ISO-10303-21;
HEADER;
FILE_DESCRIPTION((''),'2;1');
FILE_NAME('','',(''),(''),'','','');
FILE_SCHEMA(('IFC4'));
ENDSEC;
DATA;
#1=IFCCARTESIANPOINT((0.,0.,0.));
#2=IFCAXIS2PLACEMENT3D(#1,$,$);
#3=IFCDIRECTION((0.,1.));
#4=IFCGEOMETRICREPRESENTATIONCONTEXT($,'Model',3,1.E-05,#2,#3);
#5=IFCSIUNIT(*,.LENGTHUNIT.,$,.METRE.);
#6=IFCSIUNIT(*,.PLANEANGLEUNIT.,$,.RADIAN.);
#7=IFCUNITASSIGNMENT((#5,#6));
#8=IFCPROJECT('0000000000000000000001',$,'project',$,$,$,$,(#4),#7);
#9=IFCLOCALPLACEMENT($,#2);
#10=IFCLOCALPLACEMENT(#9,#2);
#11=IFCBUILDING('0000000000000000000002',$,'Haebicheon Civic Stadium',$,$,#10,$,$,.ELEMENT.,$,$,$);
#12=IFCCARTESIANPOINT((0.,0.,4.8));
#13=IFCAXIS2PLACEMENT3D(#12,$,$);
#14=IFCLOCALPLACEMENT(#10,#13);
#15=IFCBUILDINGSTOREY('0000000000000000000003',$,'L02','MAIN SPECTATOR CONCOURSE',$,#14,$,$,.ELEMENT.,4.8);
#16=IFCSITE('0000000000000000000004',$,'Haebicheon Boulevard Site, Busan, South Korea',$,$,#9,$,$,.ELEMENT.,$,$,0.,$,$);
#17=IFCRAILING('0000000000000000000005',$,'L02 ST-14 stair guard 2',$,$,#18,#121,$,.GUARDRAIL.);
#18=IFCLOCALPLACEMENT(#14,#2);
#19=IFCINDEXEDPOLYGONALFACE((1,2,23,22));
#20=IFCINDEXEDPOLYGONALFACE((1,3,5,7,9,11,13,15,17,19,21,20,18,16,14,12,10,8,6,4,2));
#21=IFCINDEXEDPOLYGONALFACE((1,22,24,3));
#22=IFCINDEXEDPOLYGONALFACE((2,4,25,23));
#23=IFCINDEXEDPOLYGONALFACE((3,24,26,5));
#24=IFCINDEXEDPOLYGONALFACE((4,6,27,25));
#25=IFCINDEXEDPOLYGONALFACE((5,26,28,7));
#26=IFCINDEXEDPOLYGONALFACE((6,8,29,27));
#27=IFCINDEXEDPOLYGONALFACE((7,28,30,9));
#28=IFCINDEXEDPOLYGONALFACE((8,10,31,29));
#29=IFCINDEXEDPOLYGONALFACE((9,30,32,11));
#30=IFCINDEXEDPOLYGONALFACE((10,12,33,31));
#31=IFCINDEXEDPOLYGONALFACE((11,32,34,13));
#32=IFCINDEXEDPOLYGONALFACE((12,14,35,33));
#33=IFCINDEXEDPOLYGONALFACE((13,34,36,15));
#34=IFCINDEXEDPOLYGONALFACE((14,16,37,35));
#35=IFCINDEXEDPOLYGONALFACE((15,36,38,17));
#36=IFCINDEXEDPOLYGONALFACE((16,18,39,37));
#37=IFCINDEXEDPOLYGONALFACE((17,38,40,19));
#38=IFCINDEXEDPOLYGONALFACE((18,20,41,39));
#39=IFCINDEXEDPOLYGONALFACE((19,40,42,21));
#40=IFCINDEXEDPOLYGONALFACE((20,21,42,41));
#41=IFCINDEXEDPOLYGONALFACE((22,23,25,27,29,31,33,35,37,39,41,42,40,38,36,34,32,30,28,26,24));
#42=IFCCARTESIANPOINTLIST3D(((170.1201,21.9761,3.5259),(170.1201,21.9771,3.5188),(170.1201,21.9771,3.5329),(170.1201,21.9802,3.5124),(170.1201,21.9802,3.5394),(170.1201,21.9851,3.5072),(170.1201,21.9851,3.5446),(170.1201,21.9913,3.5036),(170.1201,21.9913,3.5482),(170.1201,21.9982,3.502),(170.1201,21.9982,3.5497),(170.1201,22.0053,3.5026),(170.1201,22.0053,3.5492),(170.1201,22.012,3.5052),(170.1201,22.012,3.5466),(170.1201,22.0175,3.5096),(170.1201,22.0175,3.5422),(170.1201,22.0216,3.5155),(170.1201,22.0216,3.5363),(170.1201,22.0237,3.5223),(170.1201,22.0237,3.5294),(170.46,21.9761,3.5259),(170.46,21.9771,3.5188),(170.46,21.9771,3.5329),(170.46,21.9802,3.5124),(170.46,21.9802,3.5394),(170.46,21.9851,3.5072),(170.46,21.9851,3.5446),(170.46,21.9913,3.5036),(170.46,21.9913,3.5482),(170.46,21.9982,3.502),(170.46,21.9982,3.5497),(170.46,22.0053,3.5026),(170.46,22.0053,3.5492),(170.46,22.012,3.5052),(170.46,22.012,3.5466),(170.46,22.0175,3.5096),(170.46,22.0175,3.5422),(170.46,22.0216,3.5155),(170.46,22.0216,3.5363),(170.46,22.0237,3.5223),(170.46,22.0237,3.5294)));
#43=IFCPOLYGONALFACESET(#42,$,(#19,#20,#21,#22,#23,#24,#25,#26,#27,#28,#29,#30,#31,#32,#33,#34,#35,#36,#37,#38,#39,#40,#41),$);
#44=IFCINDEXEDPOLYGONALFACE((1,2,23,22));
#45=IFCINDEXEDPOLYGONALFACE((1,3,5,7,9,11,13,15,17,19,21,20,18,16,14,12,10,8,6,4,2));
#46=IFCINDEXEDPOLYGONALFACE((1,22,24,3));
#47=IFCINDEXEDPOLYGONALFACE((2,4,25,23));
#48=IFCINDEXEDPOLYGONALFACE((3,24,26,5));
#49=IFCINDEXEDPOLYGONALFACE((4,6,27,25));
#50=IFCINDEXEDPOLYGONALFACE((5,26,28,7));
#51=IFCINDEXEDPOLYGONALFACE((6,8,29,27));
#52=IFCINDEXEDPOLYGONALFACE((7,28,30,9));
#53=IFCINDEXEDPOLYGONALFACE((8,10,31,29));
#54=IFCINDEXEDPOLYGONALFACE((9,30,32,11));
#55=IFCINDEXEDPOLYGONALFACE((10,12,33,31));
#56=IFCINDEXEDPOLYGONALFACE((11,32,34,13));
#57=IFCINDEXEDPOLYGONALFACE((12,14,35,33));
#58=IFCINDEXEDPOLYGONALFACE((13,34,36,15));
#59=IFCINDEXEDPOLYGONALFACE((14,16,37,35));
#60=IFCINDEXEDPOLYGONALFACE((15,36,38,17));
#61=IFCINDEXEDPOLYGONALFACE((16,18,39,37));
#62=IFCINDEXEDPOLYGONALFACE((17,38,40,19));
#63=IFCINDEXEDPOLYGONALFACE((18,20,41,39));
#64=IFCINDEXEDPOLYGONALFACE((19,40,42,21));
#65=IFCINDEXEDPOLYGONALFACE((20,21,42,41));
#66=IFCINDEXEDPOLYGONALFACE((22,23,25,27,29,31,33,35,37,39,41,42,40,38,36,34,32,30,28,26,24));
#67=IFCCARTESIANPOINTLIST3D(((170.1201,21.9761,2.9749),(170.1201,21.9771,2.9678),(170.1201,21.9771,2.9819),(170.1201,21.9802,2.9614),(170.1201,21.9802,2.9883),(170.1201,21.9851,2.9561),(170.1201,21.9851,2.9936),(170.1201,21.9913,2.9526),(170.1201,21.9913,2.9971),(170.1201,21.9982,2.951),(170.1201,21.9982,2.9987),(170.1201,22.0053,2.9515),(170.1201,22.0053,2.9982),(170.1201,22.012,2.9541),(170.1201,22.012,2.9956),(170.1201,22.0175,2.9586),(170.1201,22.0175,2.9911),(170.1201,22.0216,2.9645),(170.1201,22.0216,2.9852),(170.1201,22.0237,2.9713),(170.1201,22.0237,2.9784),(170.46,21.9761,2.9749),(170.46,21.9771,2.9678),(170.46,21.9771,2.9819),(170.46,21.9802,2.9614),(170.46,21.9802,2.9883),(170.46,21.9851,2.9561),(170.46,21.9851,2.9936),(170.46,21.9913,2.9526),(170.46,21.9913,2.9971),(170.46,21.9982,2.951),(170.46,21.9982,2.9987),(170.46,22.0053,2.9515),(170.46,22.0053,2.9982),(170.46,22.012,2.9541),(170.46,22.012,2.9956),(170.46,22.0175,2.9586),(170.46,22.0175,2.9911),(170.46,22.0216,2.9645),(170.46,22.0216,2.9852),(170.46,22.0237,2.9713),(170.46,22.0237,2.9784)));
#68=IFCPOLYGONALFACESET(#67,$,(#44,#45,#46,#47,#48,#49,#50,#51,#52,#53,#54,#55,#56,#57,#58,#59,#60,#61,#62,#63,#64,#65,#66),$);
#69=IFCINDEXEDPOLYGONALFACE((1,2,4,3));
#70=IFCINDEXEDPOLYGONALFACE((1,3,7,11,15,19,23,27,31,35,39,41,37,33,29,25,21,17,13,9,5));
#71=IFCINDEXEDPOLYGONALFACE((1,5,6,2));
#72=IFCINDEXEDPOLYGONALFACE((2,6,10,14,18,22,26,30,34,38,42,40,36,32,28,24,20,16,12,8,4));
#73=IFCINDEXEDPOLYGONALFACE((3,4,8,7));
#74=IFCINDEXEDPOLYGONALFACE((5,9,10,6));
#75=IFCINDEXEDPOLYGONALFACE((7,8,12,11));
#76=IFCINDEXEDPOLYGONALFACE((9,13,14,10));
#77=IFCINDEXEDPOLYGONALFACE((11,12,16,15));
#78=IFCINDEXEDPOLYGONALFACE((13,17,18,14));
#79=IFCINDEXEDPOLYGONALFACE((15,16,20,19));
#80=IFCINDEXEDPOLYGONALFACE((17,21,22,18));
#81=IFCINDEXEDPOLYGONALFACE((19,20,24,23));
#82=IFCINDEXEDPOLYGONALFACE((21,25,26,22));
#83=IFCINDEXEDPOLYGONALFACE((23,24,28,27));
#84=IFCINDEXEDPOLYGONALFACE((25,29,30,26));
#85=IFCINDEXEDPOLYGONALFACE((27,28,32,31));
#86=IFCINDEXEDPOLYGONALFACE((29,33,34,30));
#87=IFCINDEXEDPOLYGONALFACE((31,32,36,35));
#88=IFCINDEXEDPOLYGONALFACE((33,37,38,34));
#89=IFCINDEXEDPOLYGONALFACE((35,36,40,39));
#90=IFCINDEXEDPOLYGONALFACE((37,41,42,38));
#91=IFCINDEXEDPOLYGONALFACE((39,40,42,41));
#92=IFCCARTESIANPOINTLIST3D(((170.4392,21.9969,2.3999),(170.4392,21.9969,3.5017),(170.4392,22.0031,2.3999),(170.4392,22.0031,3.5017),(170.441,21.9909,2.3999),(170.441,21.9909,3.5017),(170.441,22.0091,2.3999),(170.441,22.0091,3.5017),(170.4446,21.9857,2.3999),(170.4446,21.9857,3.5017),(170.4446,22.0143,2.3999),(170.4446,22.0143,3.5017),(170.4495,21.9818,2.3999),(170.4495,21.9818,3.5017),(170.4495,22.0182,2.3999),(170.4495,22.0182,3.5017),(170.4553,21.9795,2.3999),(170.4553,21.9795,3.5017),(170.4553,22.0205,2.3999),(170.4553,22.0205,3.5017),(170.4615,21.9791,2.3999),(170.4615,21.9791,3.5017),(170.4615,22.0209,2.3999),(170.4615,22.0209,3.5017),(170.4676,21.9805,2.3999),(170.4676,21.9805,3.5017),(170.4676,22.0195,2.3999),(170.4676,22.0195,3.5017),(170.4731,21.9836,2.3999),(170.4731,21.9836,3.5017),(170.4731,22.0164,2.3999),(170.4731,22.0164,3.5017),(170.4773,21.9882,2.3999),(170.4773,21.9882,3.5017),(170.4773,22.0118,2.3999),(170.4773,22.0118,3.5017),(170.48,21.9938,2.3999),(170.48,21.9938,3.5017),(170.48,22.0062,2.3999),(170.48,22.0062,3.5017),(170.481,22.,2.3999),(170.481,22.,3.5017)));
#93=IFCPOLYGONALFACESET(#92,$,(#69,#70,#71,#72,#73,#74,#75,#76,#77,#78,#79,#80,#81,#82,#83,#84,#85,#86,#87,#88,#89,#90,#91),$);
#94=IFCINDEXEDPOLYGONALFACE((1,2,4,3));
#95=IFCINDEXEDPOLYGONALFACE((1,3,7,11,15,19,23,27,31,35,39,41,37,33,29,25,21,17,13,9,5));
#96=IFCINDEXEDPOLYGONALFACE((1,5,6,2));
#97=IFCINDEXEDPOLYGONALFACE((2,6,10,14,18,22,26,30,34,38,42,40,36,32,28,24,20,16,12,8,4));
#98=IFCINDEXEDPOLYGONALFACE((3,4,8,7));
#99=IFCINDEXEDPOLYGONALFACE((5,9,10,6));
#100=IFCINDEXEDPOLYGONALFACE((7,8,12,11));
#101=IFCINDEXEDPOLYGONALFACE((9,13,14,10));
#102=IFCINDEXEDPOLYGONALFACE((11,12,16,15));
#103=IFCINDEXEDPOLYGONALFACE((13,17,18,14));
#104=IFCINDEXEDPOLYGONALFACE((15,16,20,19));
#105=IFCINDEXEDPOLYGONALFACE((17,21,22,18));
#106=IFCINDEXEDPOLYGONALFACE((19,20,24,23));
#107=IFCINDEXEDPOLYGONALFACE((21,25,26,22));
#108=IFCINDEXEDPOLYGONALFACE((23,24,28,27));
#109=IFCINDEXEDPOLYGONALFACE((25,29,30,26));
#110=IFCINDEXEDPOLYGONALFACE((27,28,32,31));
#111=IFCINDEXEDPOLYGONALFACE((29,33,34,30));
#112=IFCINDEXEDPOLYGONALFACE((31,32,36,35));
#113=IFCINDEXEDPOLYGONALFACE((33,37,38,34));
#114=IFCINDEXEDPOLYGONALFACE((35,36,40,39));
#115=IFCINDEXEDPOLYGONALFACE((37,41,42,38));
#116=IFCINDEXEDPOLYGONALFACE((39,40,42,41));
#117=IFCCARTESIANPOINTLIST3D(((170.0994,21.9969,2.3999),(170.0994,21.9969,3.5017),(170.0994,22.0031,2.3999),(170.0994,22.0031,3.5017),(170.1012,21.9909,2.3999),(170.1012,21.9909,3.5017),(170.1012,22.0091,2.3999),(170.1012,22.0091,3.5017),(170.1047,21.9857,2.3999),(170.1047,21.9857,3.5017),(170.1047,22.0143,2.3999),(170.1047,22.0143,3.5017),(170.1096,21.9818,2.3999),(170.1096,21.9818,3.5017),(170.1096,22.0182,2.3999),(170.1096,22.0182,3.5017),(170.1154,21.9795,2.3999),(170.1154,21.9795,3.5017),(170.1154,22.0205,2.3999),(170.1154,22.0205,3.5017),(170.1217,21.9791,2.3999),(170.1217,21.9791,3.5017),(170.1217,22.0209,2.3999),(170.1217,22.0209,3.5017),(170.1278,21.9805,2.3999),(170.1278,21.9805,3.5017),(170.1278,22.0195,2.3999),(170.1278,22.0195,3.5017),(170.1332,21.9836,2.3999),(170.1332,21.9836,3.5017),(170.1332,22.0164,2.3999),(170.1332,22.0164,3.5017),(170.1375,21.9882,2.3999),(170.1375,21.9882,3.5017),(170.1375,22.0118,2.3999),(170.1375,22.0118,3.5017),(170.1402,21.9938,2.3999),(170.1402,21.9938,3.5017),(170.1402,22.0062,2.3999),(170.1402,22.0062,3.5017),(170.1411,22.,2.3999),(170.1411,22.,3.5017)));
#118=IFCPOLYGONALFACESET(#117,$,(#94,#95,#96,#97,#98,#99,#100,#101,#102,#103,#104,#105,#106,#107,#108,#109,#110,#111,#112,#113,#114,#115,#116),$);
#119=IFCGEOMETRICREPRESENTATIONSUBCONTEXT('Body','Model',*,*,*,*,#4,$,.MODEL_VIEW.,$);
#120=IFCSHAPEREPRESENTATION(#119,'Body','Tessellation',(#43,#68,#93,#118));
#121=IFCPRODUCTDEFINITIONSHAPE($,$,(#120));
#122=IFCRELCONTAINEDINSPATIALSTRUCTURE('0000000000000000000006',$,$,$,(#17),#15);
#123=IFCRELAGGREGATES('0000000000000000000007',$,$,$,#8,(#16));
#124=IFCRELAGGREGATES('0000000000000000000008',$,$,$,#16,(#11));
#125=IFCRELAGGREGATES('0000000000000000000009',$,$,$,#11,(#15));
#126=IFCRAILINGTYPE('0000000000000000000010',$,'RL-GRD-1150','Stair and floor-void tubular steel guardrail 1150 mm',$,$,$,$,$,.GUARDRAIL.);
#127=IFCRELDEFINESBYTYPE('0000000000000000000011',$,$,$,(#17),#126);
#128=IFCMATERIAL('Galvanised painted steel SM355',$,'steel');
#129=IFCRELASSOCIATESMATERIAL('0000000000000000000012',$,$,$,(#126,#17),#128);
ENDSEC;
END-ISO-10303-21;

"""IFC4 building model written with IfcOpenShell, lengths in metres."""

from ifc_helpers import new_model, si_unit, direction, frame, origin, origin_2d, place, context, subcontext, project, spatial, circle, extrude, material, type_object, element, save


model = new_model("IFC4")

# Units and contexts
model_context = context("Model", 3, precision=1e-05, world=origin(), true_north=direction((0.0, 1.0)))
body_context = subcontext(model_context, "Body", "Model", "MODEL_VIEW")
ifc_project = project(units=[si_unit("LENGTHUNIT", "METRE"), si_unit("PLANEANGLEUNIT", "RADIAN")], contexts=[model_context])

# Site, building, storey
site_placement = place(None, origin())
site = spatial("IfcSite", under=ifc_project, at=site_placement, Name="Haebicheon Boulevard Site, Busan, South Korea", CompositionType="ELEMENT", RefElevation=0.0)
building_placement = place(site_placement, origin())
building = spatial("IfcBuilding", under=site, at=building_placement, Name="Haebicheon Civic Stadium", CompositionType="ELEMENT")
storey_placement = place(building_placement, frame((0.0, 0.0, 4.8)))
storey = spatial("IfcBuildingStorey", under=building, at=storey_placement, Name="L02", Description="MAIN SPECTATOR CONCOURSE", CompositionType="ELEMENT", Elevation=4.8)

# Railing
ifc_material_1 = material(Name="Galvanised painted steel SM355", Category="steel")
railing_type_1 = type_object("IfcRailingType", Name="RL-GRD-1150", Description="Stair and floor-void tubular steel guardrail 1150 mm", PredefinedType="GUARDRAIL", material=ifc_material_1)
railing_1_placement = place(storey_placement, frame((170.46, 22.0, 2.3999)))
element("IfcRailing", 1, at=railing_1_placement, inside=storey, type_object=railing_type_1, material=ifc_material_1, Name="L02 ST-14 stair guard 2", PredefinedType="GUARDRAIL", context=body_context, shape_type="SweptSolid", body=[
    extrude(circle(Radius=0.0239, at=origin_2d()), frame((0.0, 0.0, 1.126), z_axis=(-1.0, 0.0, 0.0), x_axis=(0.0, -1.0, 0.0)), (0.0, 0.0, 1.0), 0.3398),
    extrude(circle(Radius=0.0239, at=origin_2d()), frame((0.0, 0.0, 0.575), z_axis=(-1.0, 0.0, 0.0), x_axis=(0.0, -1.0, 0.0)), (0.0, 0.0, 1.0), 0.3398),
    extrude(circle(Radius=0.021, at=origin_2d()), origin(), (0.0, 0.0, 1.0), 1.1018),
    extrude(circle(Radius=0.021, at=origin_2d()), frame((-0.3398, 0.0, 0.0)), (0.0, 0.0, 1.0), 1.1018),
])

save(model, "model.ifc")
